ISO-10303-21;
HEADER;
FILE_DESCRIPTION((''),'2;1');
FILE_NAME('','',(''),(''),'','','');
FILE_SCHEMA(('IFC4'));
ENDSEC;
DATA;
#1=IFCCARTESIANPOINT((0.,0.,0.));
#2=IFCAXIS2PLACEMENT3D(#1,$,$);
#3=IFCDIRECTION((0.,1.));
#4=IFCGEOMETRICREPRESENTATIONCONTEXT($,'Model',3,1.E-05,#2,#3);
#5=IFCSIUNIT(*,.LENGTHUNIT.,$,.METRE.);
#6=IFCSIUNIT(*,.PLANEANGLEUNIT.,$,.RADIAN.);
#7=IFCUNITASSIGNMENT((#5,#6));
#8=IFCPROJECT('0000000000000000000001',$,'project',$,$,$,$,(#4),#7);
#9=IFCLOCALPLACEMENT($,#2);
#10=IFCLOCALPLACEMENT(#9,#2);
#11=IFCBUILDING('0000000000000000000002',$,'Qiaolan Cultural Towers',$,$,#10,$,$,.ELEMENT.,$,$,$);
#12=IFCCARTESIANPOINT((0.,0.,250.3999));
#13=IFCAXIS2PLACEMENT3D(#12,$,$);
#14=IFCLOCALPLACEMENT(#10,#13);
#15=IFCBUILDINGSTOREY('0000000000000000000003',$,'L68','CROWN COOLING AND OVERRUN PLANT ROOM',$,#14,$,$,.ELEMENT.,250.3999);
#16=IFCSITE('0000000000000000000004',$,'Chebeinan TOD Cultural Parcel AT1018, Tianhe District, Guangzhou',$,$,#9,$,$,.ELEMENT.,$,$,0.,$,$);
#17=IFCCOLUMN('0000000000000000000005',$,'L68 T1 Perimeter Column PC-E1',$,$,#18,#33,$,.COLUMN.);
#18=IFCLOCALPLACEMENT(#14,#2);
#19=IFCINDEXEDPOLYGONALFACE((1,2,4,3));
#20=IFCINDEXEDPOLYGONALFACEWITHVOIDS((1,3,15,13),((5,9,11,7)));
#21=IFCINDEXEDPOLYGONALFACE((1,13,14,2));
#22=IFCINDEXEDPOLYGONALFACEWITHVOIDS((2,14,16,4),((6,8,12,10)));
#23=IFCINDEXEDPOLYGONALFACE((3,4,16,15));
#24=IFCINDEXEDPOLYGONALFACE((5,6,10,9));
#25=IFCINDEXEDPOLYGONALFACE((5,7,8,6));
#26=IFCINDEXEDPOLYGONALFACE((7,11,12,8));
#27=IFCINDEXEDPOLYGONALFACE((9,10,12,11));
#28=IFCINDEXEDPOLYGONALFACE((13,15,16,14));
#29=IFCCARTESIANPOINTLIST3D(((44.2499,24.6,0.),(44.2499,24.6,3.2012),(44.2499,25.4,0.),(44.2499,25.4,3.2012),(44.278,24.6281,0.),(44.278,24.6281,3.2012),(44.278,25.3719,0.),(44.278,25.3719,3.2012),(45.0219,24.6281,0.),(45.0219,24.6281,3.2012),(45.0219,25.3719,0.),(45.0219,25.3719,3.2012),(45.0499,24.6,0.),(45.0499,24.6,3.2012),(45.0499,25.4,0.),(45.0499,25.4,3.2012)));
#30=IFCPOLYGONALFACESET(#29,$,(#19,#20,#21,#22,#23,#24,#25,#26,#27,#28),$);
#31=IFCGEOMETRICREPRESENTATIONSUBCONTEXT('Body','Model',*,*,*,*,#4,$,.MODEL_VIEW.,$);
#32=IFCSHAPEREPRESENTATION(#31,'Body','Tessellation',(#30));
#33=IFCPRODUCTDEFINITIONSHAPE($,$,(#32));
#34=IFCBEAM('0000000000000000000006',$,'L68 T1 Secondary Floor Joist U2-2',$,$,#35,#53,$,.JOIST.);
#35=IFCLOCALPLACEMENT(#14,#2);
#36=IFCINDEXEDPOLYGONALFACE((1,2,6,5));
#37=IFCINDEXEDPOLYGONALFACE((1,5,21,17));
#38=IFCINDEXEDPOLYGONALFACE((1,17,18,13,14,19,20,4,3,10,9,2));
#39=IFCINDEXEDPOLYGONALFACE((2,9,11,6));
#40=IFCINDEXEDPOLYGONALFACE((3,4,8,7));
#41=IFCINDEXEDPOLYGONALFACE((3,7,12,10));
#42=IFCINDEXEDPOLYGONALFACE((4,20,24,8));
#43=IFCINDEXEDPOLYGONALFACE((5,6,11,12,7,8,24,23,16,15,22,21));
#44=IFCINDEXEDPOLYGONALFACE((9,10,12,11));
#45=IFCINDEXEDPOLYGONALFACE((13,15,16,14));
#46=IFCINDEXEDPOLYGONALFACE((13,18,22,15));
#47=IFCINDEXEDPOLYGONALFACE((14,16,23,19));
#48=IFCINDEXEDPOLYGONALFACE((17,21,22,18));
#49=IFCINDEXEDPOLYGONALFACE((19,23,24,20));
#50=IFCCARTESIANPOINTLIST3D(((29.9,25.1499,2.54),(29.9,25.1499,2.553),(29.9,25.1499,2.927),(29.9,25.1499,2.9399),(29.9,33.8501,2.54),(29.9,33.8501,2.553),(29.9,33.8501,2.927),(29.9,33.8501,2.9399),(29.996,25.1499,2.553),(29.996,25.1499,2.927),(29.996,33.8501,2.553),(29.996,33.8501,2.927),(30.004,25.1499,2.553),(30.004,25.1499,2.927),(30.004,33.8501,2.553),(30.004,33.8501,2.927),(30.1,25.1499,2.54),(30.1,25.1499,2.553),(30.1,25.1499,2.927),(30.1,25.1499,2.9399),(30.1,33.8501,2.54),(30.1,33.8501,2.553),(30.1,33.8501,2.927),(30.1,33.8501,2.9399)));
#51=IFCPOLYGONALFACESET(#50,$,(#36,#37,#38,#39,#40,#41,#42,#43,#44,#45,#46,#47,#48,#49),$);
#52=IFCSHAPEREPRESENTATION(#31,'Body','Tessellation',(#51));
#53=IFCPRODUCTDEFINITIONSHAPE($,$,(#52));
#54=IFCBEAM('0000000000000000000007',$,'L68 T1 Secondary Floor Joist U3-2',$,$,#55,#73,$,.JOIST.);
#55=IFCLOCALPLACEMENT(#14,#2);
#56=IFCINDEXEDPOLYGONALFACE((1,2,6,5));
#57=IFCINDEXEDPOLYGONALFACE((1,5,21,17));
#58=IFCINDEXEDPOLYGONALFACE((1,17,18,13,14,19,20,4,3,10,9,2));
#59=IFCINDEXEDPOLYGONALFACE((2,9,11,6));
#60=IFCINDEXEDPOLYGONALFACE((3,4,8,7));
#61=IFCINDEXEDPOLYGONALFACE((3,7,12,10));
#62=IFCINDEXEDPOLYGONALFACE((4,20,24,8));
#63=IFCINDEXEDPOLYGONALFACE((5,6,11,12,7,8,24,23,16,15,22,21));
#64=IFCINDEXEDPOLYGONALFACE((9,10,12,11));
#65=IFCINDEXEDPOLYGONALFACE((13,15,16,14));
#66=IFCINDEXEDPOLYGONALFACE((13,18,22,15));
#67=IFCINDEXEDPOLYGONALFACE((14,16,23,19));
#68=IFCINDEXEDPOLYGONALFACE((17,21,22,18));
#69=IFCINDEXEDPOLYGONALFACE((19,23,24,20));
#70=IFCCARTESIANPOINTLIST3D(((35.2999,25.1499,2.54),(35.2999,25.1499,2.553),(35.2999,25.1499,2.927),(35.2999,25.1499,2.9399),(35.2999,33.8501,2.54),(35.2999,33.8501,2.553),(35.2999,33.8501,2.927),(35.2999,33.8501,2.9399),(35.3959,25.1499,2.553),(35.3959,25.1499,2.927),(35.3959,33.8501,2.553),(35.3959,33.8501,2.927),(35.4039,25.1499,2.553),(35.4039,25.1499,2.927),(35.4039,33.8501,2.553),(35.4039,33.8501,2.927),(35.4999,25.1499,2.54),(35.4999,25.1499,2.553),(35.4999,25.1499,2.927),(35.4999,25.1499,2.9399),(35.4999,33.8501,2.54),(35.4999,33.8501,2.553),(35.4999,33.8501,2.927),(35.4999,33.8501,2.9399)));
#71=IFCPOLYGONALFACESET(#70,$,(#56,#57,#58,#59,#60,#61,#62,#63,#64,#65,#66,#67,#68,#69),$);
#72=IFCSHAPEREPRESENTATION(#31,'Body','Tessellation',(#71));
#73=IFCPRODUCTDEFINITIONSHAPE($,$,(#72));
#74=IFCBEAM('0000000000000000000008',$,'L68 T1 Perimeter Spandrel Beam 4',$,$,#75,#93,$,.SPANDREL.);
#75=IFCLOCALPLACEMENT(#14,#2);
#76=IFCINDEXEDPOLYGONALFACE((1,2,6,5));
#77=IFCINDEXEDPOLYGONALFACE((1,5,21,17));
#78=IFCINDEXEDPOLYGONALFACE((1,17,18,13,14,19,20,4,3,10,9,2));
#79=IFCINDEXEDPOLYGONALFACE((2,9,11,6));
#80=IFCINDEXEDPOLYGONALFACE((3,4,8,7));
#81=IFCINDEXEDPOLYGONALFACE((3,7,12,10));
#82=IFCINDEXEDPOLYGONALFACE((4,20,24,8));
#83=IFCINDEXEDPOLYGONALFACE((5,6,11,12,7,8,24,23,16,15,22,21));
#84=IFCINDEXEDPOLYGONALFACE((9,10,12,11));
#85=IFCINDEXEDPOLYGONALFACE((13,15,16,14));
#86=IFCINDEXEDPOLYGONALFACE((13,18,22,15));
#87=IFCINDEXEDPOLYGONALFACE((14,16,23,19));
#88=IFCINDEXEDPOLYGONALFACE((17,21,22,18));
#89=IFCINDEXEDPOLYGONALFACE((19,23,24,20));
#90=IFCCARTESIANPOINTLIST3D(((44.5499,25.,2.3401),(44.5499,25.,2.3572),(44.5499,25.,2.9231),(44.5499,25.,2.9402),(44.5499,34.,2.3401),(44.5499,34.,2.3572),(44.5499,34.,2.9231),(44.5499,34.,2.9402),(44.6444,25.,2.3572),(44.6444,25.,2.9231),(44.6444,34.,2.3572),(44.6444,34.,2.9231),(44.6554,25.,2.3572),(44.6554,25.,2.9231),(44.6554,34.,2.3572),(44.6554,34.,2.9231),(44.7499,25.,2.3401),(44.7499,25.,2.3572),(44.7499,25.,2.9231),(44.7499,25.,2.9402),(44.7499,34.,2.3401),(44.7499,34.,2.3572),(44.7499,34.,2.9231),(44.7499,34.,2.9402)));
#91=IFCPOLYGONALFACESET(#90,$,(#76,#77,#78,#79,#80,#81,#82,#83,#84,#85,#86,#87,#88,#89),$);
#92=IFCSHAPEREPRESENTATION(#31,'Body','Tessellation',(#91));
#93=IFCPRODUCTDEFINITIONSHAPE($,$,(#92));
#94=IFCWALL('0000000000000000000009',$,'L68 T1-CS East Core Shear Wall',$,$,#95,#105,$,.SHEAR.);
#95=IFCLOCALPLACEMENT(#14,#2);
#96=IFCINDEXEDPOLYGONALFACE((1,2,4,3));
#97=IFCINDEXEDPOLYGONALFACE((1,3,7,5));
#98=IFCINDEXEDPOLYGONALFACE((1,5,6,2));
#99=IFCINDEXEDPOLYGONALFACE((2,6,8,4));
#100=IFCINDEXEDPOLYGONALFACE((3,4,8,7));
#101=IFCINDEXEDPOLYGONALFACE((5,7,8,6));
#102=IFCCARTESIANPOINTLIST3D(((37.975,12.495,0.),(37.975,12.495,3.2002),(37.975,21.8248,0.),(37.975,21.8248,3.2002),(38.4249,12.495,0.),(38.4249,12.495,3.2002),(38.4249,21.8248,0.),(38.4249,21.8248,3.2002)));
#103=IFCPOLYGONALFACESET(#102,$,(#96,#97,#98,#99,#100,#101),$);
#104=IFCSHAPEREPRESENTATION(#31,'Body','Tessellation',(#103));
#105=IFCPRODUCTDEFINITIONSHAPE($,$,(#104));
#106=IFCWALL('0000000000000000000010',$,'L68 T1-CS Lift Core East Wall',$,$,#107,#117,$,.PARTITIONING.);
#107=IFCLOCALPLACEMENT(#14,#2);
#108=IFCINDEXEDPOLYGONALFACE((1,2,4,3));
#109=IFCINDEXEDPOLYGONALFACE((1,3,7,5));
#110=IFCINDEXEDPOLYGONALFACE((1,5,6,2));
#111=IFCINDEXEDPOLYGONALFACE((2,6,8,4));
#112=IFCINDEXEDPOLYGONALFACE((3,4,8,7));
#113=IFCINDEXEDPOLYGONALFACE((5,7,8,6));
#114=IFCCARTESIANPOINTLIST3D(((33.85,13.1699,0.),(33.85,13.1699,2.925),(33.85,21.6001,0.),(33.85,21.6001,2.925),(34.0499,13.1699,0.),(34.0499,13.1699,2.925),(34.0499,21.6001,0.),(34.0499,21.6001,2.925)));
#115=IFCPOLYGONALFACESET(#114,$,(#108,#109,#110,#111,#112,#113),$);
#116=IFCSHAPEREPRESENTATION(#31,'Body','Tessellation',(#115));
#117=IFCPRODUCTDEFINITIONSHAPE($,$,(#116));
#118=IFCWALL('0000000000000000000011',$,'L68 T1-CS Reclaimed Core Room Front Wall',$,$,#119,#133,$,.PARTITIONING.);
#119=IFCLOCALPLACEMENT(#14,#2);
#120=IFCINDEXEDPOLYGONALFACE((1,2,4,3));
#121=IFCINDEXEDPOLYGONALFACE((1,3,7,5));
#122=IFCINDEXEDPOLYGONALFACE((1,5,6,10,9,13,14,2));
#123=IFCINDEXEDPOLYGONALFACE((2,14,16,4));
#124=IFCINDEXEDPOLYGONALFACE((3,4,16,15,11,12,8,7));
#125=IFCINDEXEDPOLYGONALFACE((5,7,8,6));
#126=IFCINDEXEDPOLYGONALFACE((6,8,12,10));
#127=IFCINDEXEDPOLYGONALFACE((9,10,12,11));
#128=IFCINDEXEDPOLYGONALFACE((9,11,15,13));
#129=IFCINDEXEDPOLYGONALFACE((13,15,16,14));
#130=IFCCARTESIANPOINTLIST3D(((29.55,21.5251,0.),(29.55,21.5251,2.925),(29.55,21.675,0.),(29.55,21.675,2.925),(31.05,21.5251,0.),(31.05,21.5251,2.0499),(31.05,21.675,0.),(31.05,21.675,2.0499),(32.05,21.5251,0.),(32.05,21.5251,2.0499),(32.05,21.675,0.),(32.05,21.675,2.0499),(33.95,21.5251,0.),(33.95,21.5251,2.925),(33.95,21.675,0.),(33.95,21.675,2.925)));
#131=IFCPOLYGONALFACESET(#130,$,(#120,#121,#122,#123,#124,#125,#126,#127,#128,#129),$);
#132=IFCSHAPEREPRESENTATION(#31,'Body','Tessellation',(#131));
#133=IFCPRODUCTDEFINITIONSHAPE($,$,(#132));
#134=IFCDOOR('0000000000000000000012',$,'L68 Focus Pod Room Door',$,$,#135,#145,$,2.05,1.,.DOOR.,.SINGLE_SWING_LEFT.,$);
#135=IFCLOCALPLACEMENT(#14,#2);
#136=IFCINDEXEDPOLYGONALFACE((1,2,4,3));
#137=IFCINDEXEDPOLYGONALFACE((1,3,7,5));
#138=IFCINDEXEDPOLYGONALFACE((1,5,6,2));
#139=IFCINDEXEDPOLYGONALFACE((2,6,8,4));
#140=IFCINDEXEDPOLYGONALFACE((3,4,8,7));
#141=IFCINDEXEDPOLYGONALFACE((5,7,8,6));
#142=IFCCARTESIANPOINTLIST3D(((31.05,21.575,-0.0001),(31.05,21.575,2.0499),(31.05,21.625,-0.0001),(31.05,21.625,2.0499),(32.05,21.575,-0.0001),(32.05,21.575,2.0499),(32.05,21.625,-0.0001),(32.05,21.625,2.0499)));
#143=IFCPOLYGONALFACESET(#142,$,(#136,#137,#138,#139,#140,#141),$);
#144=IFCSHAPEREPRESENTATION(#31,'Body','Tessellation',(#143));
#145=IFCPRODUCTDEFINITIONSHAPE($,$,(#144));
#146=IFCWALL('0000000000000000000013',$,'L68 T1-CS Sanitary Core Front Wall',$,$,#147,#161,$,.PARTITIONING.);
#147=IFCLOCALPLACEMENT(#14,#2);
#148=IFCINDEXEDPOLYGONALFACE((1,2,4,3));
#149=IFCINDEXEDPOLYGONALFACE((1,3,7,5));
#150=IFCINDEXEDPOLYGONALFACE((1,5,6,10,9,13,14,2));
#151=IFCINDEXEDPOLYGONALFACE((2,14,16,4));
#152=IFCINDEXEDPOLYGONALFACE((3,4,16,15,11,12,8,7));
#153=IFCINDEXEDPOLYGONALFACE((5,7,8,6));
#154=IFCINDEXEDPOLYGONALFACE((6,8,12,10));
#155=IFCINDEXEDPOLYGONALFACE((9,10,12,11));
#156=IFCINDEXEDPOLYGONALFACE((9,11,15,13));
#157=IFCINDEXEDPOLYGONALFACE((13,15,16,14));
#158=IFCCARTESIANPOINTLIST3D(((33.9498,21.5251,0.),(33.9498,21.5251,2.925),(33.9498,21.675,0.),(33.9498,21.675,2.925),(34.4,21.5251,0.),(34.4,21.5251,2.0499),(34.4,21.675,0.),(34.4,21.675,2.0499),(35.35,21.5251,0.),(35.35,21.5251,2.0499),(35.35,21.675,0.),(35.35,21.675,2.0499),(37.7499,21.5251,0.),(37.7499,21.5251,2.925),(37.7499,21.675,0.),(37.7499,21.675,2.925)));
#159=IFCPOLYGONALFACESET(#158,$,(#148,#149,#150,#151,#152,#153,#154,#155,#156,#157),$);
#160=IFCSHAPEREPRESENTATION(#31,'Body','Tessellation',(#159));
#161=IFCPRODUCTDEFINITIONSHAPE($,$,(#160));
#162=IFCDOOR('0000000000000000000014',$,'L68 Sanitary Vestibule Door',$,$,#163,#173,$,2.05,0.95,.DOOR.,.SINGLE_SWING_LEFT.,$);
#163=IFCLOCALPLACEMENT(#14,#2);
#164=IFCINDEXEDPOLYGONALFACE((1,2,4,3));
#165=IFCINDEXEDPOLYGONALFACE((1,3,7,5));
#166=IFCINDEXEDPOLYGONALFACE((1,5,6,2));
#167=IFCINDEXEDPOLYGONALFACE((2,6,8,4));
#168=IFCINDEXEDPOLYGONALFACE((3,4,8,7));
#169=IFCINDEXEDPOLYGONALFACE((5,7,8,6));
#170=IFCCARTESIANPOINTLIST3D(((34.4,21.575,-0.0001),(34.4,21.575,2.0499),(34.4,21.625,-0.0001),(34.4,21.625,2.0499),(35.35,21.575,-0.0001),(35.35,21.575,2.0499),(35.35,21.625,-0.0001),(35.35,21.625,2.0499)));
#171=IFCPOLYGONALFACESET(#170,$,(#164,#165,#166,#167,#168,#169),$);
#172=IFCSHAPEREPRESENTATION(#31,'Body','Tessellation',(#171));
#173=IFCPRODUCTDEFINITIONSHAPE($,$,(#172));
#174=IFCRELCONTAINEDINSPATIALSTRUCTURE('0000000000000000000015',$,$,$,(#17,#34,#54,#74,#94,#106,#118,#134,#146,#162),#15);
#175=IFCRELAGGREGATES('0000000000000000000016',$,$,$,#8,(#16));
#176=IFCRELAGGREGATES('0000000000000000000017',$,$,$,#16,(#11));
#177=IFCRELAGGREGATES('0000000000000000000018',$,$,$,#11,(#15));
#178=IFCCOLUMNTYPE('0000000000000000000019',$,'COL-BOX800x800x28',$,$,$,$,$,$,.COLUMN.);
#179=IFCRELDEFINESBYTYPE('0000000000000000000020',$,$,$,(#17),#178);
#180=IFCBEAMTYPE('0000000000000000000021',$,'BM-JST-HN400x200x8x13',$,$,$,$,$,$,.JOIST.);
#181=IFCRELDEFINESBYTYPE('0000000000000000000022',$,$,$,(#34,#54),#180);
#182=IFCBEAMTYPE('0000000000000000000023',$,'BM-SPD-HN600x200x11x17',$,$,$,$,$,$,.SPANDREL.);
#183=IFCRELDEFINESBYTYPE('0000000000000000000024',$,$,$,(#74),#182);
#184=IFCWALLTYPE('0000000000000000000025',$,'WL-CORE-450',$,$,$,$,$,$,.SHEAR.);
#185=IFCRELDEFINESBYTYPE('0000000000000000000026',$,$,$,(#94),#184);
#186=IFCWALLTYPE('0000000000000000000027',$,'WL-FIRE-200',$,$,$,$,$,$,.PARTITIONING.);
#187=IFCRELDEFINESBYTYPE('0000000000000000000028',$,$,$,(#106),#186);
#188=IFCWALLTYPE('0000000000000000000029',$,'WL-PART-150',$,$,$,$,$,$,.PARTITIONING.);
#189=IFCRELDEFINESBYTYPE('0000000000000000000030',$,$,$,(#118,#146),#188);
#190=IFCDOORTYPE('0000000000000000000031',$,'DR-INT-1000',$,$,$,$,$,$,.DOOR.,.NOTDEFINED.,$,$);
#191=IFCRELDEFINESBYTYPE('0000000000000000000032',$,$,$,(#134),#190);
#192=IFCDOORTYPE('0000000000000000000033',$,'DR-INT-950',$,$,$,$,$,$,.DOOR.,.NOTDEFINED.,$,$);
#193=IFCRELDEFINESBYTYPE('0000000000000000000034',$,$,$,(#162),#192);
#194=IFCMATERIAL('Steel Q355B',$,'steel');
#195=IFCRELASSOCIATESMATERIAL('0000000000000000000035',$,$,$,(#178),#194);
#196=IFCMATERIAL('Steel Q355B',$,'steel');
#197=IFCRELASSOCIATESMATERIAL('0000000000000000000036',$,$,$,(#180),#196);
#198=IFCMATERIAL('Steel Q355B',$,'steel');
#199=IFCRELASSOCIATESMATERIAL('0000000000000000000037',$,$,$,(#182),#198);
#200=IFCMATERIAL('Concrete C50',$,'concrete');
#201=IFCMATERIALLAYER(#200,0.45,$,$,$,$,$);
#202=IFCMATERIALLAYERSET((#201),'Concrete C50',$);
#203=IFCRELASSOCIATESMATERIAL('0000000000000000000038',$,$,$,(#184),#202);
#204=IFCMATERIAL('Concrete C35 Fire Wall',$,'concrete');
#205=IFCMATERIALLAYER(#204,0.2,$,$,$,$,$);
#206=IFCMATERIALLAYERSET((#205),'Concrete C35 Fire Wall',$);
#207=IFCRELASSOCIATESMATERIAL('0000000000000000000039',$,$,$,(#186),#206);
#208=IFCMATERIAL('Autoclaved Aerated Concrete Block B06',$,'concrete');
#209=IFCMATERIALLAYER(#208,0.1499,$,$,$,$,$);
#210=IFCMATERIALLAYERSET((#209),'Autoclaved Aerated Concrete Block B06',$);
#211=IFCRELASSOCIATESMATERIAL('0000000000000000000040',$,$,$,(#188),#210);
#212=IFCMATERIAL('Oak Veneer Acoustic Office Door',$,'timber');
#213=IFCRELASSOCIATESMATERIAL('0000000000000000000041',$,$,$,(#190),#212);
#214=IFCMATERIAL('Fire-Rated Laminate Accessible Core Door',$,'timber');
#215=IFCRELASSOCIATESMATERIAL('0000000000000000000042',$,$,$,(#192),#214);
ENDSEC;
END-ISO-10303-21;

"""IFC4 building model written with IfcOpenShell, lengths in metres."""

from ifc_helpers import new_model, si_unit, direction, frame, frame_2d, origin, origin_2d, place, context, subcontext, project, spatial, rectangle, hollow_rectangle, i_section, extrude, material, layer, layer_set, material_profile, profile_set, type_object, element, fill, save


model = new_model("IFC4")

# Units and contexts
model_context = context("Model", 3, precision=1e-05, world=origin(), true_north=direction((0.0, 1.0)))
body_context = subcontext(model_context, "Body", "Model", "MODEL_VIEW")
ifc_project = project(units=[si_unit("LENGTHUNIT", "METRE"), si_unit("PLANEANGLEUNIT", "RADIAN")], contexts=[model_context])

# Site, building, storey
site_placement = place(None, origin())
site = spatial("IfcSite", under=ifc_project, at=site_placement, Name="Chebeinan TOD Cultural Parcel AT1018, Tianhe District, Guangzhou", CompositionType="ELEMENT", RefElevation=0.0)
building_placement = place(site_placement, origin())
building = spatial("IfcBuilding", under=site, at=building_placement, Name="Qiaolan Cultural Towers", CompositionType="ELEMENT")
storey_placement = place(building_placement, frame((0.0, 0.0, 250.3999)))
storey = spatial("IfcBuildingStorey", under=building, at=storey_placement, Name="L68", Description="CROWN COOLING AND OVERRUN PLANT ROOM", CompositionType="ELEMENT", Elevation=250.3999)

# Column
ifc_material_1 = material(Name="Steel Q355B", Category="steel")
ifc_material_profile_1 = material_profile(ifc_material_1, hollow_rectangle(XDim=0.8, YDim=0.8, WallThickness=0.0281, at=origin_2d()), Name="BOX800x800x28")
ifc_profile_set_1 = profile_set([ifc_material_profile_1], Name="Steel Q355B")
column_type = type_object("IfcColumnType", Name="COL-BOX800x800x28", PredefinedType="COLUMN", material=ifc_profile_set_1)
column_placement = place(storey_placement, frame((44.6499, 25.0, 0.0), z_axis=(0.0, 0.0, 1.0), x_axis=(1.0, 0.0, 0.0)))
element("IfcColumn", 1, at=column_placement, inside=storey, type_object=column_type, Name="L68 T1 Perimeter Column PC-E1", PredefinedType="COLUMN", context=body_context, shape_type="SweptSolid", body=[
    extrude(hollow_rectangle(XDim=0.8, YDim=0.8, WallThickness=0.0281, at=origin_2d()), origin(), (0.0, 0.0, 1.0), 3.2012),
])

# Beams
ifc_material_2 = material(Name="Steel Q355B", Category="steel")
ifc_material_profile_2 = material_profile(ifc_material_2, i_section(OverallWidth=0.2, OverallDepth=0.3999, WebThickness=0.0081, FlangeThickness=0.0129, at=origin_2d()), Name="HN400x200x8x13")
ifc_profile_set_2 = profile_set([ifc_material_profile_2], Name="Steel Q355B")
beam_type_1 = type_object("IfcBeamType", Name="BM-JST-HN400x200x8x13", PredefinedType="JOIST", material=ifc_profile_set_2)
for number, where, z_axis, x_axis, name in (
    (2, (30.0, 25.1499, 2.74), (0.0, 1.0, 0.0), (-1.0, 0.0, 0.0), "L68 T1 Secondary Floor Joist U2-2"),
    (3, (35.3999, 25.1499, 2.74), (0.0, 1.0, 0.0), (-1.0, 0.0, 0.0), "L68 T1 Secondary Floor Joist U3-2"),
):
    element("IfcBeam", number, at=place(storey_placement, frame(where, z_axis=z_axis, x_axis=x_axis)), inside=storey, type_object=beam_type_1, Name=name, PredefinedType="JOIST", context=body_context, shape_type="SweptSolid", body=[
        extrude(i_section(OverallWidth=0.2, OverallDepth=0.3999, WebThickness=0.0081, FlangeThickness=0.0129, at=origin_2d()), origin(), (0.0, 0.0, 1.0), 8.7002),
    ])
ifc_material_3 = material(Name="Steel Q355B", Category="steel")
ifc_material_profile_3 = material_profile(ifc_material_3, i_section(OverallWidth=0.2, OverallDepth=0.6001, WebThickness=0.011, FlangeThickness=0.0171, at=origin_2d()), Name="HN600x200x11x17")
ifc_profile_set_3 = profile_set([ifc_material_profile_3], Name="Steel Q355B")
beam_type_2 = type_object("IfcBeamType", Name="BM-SPD-HN600x200x11x17", PredefinedType="SPANDREL", material=ifc_profile_set_3)
beam_placement = place(storey_placement, frame((44.6499, 25.0, 2.6401), z_axis=(0.0, 1.0, 0.0), x_axis=(-1.0, 0.0, 0.0)))
element("IfcBeam", 4, at=beam_placement, inside=storey, type_object=beam_type_2, Name="L68 T1 Perimeter Spandrel Beam 4", PredefinedType="SPANDREL", context=body_context, shape_type="SweptSolid", body=[
    extrude(i_section(OverallWidth=0.2, OverallDepth=0.6001, WebThickness=0.011, FlangeThickness=0.0171, at=origin_2d()), origin(), (0.0, 0.0, 1.0), 9.0),
])

# Walls
ifc_material_4 = material(Name="Concrete C50", Category="concrete")
ifc_layer_1 = layer(ifc_material_4, 0.45)
ifc_layer_set_1 = layer_set([ifc_layer_1], Name="Concrete C50")
wall_type_1 = type_object("IfcWallType", Name="WL-CORE-450", PredefinedType="SHEAR", material=ifc_layer_set_1)
wall_1_placement = place(storey_placement, frame((38.2, 21.825, 0.0), z_axis=(0.0, 0.0, 1.0), x_axis=(0.0, -1.0, 0.0)))
element("IfcWall", 5, at=wall_1_placement, inside=storey, type_object=wall_type_1, Name="L68 T1-CS East Core Shear Wall", PredefinedType="SHEAR", context=body_context, shape_type="SweptSolid", body=[
    extrude(rectangle(XDim=9.3298, YDim=0.45, at=frame_2d((4.665, 0.0))), origin(), (0.0, 0.0, 1.0), 3.2002),
])
ifc_material_5 = material(Name="Concrete C35 Fire Wall", Category="concrete")
ifc_layer_2 = layer(ifc_material_5, 0.2)
ifc_layer_set_2 = layer_set([ifc_layer_2], Name="Concrete C35 Fire Wall")
wall_type_2 = type_object("IfcWallType", Name="WL-FIRE-200", PredefinedType="PARTITIONING", material=ifc_layer_set_2)
wall_2_placement = place(storey_placement, frame((33.95, 21.6001, 0.0), z_axis=(0.0, 0.0, 1.0), x_axis=(0.0, -1.0, 0.0)))
element("IfcWall", 6, at=wall_2_placement, inside=storey, type_object=wall_type_2, Name="L68 T1-CS Lift Core East Wall", PredefinedType="PARTITIONING", context=body_context, shape_type="SweptSolid", body=[
    extrude(rectangle(XDim=8.4302, YDim=0.2, at=frame_2d((4.2151, 0.0))), origin(), (0.0, 0.0, 1.0), 2.925),
])

# Walls, openings, doors
ifc_material_6 = material(Name="Autoclaved Aerated Concrete Block B06", Category="concrete")
ifc_layer_3 = layer(ifc_material_6, 0.1499)
ifc_layer_set_3 = layer_set([ifc_layer_3], Name="Autoclaved Aerated Concrete Block B06")
wall_type_3 = type_object("IfcWallType", Name="WL-PART-150", PredefinedType="PARTITIONING", material=ifc_layer_set_3)
wall_3_placement = place(storey_placement, frame((29.55, 21.6001, 0.0), z_axis=(0.0, 0.0, 1.0), x_axis=(1.0, 0.0, 0.0)))
wall_3 = element("IfcWall", 7, at=wall_3_placement, inside=storey, type_object=wall_type_3, Name="L68 T1-CS Reclaimed Core Room Front Wall", PredefinedType="PARTITIONING", context=body_context, shape_type="SweptSolid", body=[
    extrude(rectangle(XDim=4.3999, YDim=0.1499, at=frame_2d((2.2, 0.0))), origin(), (0.0, 0.0, 1.0), 2.925),
])
opening_1_placement = place(wall_3_placement, frame((1.5, 0.0, 0.0)))
opening_1 = element("IfcOpeningElement", 8, at=opening_1_placement, cuts=wall_3, PredefinedType="OPENING", context=body_context, shape_type="SweptSolid", body=[
    extrude(rectangle(XDim=1.0, YDim=2.05, at=frame_2d((0.5, 1.0249))), frame((0.0, 0.085, 0.0), z_axis=(0.0, -1.0, 0.0), x_axis=(1.0, 0.0, 0.0)), (0.0, 0.0, 1.0), 0.1699),
])
ifc_material_7 = material(Name="Oak Veneer Acoustic Office Door", Category="timber")
door_type_1 = type_object("IfcDoorType", Name="DR-INT-1000", OperationType="NOTDEFINED", PredefinedType="DOOR", material=ifc_material_7)
door_1_placement = place(opening_1_placement, origin())
door_1 = element("IfcDoor", 9, at=door_1_placement, inside=storey, type_object=door_type_1, Name="L68 Focus Pod Room Door", OperationType="SINGLE_SWING_LEFT", OverallHeight=2.05, OverallWidth=1.0, PredefinedType="DOOR", context=body_context, shape_type="SweptSolid", body=[
    extrude(rectangle(XDim=1.0, YDim=2.05, at=frame_2d((0.5, 1.0249))), frame((0.0, 0.0249, 0.0), z_axis=(0.0, -1.0, 0.0), x_axis=(1.0, 0.0, 0.0)), (0.0, 0.0, 1.0), 0.05),
])
fill(opening_1, door_1)
wall_4_placement = place(storey_placement, frame((33.95, 21.6001, 0.0), z_axis=(0.0, 0.0, 1.0), x_axis=(1.0, 0.0, 0.0)))
wall_4 = element("IfcWall", 10, at=wall_4_placement, inside=storey, type_object=wall_type_3, Name="L68 T1-CS Sanitary Core Front Wall", PredefinedType="PARTITIONING", context=body_context, shape_type="SweptSolid", body=[
    extrude(rectangle(XDim=3.8, YDim=0.1499, at=frame_2d((1.8999, 0.0))), origin(), (0.0, 0.0, 1.0), 2.925),
])
opening_2_placement = place(wall_4_placement, frame((0.45, 0.0, 0.0)))
opening_2 = element("IfcOpeningElement", 11, at=opening_2_placement, cuts=wall_4, PredefinedType="OPENING", context=body_context, shape_type="SweptSolid", body=[
    extrude(rectangle(XDim=0.95, YDim=2.05, at=frame_2d((0.4751, 1.0249))), frame((0.0, 0.085, 0.0), z_axis=(0.0, -1.0, 0.0), x_axis=(1.0, 0.0, 0.0)), (0.0, 0.0, 1.0), 0.1699),
])
ifc_material_8 = material(Name="Fire-Rated Laminate Accessible Core Door", Category="timber")
door_type_2 = type_object("IfcDoorType", Name="DR-INT-950", OperationType="NOTDEFINED", PredefinedType="DOOR", material=ifc_material_8)
door_2_placement = place(opening_2_placement, origin())
door_2 = element("IfcDoor", 12, at=door_2_placement, inside=storey, type_object=door_type_2, Name="L68 Sanitary Vestibule Door", OperationType="SINGLE_SWING_LEFT", OverallHeight=2.05, OverallWidth=0.95, PredefinedType="DOOR", context=body_context, shape_type="SweptSolid", body=[
    extrude(rectangle(XDim=0.95, YDim=2.05, at=frame_2d((0.4751, 1.0249))), frame((0.0, 0.0249, 0.0), z_axis=(0.0, -1.0, 0.0), x_axis=(1.0, 0.0, 0.0)), (0.0, 0.0, 1.0), 0.05),
])
fill(opening_2, door_2)

save(model, "model.ifc")
